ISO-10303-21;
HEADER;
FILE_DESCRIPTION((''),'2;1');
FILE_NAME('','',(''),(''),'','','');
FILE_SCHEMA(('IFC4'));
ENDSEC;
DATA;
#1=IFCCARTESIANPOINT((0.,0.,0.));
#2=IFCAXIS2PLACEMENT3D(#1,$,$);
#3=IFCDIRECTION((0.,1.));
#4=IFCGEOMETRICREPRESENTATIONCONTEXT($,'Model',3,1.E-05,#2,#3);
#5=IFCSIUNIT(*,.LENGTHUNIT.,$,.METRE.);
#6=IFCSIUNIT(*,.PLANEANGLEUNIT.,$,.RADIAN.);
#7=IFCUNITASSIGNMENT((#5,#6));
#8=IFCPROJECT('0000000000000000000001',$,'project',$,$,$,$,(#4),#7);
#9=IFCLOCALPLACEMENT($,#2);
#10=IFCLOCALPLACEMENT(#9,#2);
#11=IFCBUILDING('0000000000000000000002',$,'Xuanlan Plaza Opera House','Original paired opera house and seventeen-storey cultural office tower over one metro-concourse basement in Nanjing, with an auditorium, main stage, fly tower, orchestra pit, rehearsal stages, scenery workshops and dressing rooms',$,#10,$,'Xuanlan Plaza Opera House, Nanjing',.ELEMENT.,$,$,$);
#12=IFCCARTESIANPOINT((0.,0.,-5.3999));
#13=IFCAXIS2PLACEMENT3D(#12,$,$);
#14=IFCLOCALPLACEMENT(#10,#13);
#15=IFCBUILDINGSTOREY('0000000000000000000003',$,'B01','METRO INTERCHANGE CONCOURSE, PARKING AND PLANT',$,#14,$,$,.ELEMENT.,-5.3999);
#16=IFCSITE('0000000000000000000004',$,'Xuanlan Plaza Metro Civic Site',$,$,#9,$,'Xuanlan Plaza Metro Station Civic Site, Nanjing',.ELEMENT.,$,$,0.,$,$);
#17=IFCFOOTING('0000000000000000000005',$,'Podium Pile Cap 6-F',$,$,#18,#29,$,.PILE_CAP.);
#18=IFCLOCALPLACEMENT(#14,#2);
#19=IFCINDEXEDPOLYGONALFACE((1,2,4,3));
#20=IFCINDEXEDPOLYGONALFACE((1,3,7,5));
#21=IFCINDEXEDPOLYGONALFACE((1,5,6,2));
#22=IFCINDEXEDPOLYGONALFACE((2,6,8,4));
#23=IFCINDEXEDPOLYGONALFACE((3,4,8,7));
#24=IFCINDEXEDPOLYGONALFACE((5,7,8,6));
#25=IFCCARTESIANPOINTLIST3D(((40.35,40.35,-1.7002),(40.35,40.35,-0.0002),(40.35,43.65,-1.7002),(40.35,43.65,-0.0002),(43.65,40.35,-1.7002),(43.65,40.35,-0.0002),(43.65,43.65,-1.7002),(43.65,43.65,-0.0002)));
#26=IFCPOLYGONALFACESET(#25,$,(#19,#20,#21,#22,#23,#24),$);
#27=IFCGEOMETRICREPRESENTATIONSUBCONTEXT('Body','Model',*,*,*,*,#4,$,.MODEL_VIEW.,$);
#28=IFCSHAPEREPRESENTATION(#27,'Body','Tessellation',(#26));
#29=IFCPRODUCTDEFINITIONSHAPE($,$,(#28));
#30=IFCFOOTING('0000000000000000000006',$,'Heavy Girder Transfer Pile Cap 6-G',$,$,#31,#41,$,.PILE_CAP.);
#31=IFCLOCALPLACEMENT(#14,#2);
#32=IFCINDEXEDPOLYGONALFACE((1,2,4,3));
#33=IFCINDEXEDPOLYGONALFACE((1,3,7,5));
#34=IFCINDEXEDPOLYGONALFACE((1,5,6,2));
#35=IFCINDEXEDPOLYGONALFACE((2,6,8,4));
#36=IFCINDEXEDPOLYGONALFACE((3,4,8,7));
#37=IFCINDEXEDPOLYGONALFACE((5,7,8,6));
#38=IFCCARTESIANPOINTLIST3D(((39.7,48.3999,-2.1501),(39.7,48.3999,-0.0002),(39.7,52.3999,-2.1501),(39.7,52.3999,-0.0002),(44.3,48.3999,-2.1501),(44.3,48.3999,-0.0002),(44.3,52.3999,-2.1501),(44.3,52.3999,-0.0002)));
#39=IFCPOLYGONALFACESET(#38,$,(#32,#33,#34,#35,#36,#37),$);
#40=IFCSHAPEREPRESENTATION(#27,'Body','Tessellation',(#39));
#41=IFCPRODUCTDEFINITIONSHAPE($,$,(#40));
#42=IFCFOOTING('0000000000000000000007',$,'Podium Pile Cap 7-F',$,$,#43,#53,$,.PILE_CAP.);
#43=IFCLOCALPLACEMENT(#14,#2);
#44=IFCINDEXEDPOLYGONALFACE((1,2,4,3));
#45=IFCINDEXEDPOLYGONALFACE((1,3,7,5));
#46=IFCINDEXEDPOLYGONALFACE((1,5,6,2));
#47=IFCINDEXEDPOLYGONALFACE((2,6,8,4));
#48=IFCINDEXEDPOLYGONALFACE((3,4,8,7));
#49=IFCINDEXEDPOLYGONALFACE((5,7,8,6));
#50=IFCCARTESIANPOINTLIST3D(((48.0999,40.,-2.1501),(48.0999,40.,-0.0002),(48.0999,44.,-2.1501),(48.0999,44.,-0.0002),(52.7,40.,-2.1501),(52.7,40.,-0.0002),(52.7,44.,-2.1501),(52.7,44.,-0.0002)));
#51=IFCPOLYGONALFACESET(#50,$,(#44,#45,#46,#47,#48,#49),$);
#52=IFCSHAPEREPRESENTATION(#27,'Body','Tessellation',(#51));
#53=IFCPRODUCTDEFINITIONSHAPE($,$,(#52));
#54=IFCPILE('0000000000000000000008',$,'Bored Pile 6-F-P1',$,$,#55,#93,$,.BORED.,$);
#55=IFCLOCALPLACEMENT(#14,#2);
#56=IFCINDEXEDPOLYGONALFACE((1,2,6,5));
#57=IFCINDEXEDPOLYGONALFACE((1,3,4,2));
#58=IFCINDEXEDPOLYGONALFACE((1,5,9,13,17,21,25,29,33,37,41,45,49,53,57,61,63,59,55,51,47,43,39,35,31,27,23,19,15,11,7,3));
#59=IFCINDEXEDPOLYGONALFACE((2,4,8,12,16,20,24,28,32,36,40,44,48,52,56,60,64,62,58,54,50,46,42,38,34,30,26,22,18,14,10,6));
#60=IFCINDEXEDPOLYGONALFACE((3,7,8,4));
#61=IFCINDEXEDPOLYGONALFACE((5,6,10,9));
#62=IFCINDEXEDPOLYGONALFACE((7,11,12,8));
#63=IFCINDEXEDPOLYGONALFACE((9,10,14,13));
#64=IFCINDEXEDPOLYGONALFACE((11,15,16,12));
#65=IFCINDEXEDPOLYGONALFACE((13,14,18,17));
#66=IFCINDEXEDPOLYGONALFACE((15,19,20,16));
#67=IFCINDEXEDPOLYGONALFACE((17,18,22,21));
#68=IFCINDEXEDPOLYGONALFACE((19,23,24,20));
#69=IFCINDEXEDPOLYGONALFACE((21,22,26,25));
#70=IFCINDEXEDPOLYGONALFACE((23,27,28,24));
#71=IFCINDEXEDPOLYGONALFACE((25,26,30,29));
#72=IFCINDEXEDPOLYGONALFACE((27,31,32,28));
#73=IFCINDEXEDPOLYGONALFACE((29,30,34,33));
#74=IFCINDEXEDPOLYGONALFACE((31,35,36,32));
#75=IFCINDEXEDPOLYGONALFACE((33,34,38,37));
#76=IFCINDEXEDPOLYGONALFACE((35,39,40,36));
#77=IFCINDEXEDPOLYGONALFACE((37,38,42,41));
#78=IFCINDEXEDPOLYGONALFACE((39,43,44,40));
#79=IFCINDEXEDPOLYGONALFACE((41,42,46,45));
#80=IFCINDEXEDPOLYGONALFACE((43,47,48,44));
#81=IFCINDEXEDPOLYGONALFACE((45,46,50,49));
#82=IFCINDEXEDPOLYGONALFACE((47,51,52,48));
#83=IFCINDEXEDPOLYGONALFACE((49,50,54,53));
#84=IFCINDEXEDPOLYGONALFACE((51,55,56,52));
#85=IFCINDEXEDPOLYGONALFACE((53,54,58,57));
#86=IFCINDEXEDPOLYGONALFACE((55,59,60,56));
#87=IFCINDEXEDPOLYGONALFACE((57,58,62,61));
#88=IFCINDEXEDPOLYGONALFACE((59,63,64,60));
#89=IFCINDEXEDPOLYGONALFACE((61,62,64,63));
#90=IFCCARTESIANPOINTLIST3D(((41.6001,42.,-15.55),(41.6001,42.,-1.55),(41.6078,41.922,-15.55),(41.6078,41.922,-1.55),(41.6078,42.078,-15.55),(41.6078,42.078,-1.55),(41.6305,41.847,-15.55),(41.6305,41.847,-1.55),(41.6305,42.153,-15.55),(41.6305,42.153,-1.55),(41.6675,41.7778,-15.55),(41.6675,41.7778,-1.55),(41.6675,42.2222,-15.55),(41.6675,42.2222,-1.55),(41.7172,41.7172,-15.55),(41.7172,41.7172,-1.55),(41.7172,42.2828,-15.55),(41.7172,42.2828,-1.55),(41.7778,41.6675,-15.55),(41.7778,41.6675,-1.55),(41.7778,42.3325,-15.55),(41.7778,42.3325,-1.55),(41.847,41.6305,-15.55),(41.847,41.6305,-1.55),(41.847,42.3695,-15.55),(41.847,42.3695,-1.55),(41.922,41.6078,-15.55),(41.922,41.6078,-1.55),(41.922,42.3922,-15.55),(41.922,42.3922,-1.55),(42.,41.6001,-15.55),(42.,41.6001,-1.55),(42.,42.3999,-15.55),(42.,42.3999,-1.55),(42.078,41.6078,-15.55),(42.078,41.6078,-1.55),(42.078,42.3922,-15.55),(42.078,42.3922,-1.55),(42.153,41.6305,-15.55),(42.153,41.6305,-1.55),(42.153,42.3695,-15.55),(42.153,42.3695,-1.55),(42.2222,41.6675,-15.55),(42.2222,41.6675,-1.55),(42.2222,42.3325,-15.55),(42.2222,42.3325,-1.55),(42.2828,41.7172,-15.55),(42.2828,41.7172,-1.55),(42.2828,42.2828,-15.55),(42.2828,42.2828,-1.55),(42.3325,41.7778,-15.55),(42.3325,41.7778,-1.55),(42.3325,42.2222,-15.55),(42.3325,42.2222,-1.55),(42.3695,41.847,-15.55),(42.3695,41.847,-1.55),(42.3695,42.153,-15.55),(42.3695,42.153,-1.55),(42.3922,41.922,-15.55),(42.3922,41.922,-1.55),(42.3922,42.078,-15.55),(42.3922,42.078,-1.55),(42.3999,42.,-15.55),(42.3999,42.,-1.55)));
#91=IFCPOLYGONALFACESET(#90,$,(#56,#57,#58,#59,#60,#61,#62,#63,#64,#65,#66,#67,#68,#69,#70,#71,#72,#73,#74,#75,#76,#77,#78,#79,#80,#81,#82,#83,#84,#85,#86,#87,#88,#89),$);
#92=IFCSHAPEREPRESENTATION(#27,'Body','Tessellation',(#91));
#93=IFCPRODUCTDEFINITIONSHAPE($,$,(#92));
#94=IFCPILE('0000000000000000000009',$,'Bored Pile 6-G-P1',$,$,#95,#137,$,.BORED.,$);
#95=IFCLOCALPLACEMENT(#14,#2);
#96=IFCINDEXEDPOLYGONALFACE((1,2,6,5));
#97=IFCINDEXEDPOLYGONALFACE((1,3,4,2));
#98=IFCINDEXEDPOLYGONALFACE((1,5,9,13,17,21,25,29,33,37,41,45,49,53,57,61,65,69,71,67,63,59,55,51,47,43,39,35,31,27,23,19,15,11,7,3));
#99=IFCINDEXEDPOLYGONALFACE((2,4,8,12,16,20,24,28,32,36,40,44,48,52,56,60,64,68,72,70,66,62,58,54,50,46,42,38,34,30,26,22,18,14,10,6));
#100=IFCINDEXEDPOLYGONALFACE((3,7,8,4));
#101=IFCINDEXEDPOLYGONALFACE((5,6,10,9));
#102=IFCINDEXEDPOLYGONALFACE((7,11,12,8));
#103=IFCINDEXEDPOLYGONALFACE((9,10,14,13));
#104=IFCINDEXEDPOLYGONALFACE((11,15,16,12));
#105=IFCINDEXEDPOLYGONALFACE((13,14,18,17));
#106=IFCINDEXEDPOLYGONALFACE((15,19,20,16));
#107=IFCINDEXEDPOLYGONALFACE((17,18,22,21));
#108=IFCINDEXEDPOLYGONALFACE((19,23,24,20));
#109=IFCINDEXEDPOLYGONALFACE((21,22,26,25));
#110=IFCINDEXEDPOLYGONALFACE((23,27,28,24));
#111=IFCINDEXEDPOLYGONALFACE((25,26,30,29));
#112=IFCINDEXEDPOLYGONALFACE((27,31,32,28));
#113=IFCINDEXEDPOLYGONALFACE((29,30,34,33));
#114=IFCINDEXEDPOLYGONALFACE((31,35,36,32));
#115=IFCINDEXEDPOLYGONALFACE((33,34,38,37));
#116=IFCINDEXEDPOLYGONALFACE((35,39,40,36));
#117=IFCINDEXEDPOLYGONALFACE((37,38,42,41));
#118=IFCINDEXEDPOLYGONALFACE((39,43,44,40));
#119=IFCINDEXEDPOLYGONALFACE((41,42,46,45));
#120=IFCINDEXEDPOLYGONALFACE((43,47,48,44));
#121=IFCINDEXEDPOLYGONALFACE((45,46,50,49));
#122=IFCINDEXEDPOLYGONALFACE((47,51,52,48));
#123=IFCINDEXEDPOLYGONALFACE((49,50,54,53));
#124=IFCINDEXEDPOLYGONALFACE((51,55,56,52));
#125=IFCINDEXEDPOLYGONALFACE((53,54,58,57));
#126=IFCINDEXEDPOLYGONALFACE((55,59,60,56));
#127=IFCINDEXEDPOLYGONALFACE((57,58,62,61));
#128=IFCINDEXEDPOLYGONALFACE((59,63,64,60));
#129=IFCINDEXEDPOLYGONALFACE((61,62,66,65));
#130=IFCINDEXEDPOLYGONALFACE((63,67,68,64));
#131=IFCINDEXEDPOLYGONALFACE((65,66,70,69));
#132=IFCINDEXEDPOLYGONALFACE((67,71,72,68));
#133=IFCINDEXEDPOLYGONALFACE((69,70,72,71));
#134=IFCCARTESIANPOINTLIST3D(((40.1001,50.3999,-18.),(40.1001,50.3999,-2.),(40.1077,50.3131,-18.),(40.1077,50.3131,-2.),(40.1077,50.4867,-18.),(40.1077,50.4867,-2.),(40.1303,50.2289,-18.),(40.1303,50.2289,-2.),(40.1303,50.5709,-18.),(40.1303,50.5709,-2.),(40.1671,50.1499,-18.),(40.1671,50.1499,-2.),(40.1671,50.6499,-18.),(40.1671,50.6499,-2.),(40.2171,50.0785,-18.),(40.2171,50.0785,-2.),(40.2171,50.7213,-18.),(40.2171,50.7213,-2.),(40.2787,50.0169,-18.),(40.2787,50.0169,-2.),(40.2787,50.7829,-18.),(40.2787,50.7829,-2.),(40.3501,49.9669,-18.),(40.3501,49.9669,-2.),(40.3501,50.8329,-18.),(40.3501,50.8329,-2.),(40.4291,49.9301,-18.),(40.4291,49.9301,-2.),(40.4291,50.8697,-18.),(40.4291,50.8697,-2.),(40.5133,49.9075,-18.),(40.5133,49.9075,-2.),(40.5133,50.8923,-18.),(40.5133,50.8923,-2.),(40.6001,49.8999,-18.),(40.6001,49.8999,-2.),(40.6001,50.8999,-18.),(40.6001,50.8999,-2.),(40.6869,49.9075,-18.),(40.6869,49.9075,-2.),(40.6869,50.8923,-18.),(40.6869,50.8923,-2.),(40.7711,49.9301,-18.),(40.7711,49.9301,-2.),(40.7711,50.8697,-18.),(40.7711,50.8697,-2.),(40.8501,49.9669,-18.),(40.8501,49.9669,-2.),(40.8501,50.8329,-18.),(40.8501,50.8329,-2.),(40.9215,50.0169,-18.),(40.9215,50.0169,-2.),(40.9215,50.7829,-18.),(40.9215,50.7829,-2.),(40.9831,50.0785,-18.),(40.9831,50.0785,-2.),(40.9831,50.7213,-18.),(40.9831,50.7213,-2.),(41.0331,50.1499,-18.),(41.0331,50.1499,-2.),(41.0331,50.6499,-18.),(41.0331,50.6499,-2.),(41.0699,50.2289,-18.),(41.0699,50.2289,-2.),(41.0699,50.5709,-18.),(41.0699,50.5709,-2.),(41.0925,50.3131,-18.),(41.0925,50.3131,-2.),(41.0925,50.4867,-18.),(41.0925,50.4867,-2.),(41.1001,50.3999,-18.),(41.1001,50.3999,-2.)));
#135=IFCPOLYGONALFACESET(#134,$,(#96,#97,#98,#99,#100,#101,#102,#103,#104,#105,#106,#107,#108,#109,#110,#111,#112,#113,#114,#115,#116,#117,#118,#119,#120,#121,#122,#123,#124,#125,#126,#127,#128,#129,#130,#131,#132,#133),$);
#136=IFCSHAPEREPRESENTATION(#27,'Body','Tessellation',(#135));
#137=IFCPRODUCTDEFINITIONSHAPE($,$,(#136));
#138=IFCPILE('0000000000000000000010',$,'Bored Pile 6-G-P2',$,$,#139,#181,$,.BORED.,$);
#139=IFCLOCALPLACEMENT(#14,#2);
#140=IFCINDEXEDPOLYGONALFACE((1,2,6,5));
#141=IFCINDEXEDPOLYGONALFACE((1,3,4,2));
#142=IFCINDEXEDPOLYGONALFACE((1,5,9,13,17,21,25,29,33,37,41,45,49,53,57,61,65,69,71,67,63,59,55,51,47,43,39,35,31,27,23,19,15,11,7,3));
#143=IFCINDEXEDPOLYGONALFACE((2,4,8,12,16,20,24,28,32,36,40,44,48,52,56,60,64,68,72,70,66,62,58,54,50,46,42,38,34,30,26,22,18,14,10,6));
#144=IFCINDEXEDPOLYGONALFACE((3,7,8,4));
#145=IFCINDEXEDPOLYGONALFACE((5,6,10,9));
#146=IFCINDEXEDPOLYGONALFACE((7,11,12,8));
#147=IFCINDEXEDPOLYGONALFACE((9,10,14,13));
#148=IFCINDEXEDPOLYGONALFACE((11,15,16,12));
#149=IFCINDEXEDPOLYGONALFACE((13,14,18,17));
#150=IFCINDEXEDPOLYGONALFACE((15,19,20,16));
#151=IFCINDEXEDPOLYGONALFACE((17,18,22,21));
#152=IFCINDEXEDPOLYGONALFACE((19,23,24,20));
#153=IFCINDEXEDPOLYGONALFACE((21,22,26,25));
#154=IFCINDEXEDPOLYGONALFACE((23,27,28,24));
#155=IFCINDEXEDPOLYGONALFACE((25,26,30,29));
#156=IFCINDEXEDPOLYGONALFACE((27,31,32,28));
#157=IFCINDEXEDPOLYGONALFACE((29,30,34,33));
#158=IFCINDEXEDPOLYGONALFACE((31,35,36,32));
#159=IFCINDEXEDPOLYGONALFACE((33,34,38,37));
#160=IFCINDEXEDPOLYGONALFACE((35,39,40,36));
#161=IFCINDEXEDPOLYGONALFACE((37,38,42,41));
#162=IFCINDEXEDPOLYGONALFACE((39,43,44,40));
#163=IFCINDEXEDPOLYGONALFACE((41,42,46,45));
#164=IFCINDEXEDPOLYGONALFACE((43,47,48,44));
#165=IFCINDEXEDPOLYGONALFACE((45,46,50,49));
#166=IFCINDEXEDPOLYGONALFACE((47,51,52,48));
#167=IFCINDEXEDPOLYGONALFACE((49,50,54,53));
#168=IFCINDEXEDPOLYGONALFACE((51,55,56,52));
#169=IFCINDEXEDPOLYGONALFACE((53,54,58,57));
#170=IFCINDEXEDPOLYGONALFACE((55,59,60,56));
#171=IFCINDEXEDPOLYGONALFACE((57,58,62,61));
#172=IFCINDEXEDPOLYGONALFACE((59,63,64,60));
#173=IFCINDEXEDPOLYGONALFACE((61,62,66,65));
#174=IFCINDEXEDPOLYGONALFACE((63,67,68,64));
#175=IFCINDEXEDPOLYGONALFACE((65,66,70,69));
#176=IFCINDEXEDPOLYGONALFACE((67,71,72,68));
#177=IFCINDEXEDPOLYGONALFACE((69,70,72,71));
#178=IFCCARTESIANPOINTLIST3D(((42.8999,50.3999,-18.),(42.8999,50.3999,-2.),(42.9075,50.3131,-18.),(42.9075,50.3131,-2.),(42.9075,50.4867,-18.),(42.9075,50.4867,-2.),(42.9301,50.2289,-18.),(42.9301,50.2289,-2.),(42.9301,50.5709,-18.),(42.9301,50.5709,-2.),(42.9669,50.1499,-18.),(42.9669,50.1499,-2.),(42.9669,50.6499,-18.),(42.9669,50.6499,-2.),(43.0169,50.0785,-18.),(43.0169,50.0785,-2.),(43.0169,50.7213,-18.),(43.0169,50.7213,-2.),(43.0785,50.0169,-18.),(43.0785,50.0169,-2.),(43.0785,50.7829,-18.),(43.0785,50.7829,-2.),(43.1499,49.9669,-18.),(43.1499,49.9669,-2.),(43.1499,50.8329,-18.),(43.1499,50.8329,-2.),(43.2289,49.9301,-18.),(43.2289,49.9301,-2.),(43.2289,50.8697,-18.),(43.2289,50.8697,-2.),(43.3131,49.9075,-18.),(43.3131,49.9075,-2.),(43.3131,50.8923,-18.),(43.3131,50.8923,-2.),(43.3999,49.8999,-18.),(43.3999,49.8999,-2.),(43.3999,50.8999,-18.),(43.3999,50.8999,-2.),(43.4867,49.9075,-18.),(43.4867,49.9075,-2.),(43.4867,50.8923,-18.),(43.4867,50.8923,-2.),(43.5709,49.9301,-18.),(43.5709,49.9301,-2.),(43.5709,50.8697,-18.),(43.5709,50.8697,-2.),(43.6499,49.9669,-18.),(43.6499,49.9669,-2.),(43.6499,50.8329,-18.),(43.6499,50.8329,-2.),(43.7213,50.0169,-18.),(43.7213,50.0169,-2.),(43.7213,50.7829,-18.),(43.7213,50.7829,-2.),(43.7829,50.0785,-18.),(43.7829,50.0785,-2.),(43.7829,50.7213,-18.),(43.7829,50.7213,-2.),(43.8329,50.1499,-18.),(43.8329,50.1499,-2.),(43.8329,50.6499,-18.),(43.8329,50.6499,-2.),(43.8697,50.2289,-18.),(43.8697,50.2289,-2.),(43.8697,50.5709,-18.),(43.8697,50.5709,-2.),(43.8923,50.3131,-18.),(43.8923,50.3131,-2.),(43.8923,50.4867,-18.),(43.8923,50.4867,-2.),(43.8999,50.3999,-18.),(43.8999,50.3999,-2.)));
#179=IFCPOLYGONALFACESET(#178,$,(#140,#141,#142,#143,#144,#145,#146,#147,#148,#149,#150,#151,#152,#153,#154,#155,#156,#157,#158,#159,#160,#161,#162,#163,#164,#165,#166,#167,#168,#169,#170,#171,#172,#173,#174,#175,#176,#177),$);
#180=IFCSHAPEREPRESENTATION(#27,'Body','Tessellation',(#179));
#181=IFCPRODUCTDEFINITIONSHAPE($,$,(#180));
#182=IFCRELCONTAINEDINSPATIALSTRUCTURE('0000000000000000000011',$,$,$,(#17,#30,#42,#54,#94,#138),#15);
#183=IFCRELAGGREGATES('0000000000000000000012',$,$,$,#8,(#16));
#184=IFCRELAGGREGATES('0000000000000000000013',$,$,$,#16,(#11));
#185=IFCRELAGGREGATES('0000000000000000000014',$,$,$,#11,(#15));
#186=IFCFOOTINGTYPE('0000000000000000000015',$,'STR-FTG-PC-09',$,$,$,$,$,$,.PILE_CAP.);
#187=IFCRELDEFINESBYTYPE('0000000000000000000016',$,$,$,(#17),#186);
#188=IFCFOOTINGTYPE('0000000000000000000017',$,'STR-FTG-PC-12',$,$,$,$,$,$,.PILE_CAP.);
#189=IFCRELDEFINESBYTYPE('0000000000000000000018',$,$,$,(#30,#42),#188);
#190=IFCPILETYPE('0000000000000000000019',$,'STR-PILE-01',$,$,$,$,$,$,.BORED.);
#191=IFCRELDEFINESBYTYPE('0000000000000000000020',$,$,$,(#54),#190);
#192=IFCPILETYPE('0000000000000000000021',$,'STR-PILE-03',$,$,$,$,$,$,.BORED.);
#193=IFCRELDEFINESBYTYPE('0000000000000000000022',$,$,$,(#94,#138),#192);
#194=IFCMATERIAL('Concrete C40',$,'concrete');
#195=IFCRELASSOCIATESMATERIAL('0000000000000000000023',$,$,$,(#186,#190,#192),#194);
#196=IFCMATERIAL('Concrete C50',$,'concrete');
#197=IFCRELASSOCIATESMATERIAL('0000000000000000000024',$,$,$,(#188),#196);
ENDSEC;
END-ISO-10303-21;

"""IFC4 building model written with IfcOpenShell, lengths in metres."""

from ifc_helpers import new_model, si_unit, direction, frame, origin, origin_2d, place, context, subcontext, project, spatial, rectangle, circle, extrude, material, material_profile, profile_set, type_object, element, save


model = new_model("IFC4")

# Units and contexts
model_context = context("Model", 3, precision=1e-05, world=origin(), true_north=direction((0.0, 1.0)))
body_context = subcontext(model_context, "Body", "Model", "MODEL_VIEW")
ifc_project = project(units=[si_unit("LENGTHUNIT", "METRE"), si_unit("PLANEANGLEUNIT", "RADIAN")], contexts=[model_context])

# Site, building, storey
site_placement = place(None, origin())
site = spatial("IfcSite", under=ifc_project, at=site_placement, Name="Xuanlan Plaza Metro Civic Site", LongName="Xuanlan Plaza Metro Station Civic Site, Nanjing", CompositionType="ELEMENT", RefElevation=0.0)
building_placement = place(site_placement, origin())
building = spatial("IfcBuilding", under=site, at=building_placement, Name="Xuanlan Plaza Opera House", Description="Original paired opera house and seventeen-storey cultural office tower over one metro-concourse basement in Nanjing, with an auditorium, main stage, fly tower, orchestra pit, rehearsal stages, scenery workshops and dressing rooms", LongName="Xuanlan Plaza Opera House, Nanjing", CompositionType="ELEMENT")
storey_placement = place(building_placement, frame((0.0, 0.0, -5.3999)))
storey = spatial("IfcBuildingStorey", under=building, at=storey_placement, Name="B01", Description="METRO INTERCHANGE CONCOURSE, PARKING AND PLANT", CompositionType="ELEMENT", Elevation=-5.3999)

# Footings
ifc_material_1 = material(Name="Concrete C40", Category="concrete")
footing_type_1 = type_object("IfcFootingType", Name="STR-FTG-PC-09", PredefinedType="PILE_CAP", material=ifc_material_1)
footing_placement = place(storey_placement, frame((42.0, 42.0, -1.7002), z_axis=(0.0, 0.0, 1.0), x_axis=(1.0, 0.0, 0.0)))
element("IfcFooting", 1, at=footing_placement, inside=storey, type_object=footing_type_1, Name="Podium Pile Cap 6-F", PredefinedType="PILE_CAP", context=body_context, shape_type="SweptSolid", body=[
    extrude(rectangle(XDim=3.3, YDim=3.3, at=origin_2d()), origin(), (0.0, 0.0, 1.0), 1.7),
])
ifc_material_2 = material(Name="Concrete C50", Category="concrete")
footing_type_2 = type_object("IfcFootingType", Name="STR-FTG-PC-12", PredefinedType="PILE_CAP", material=ifc_material_2)
for number, where, z_axis, x_axis, name in (
    (2, (42.0, 50.3999, -2.1501), (0.0, 0.0, 1.0), (1.0, 0.0, 0.0), "Heavy Girder Transfer Pile Cap 6-G"),
    (3, (50.3999, 42.0, -2.1501), (0.0, 0.0, 1.0), (1.0, 0.0, 0.0), "Podium Pile Cap 7-F"),
):
    element("IfcFooting", number, at=place(storey_placement, frame(where, z_axis=z_axis, x_axis=x_axis)), inside=storey, type_object=footing_type_2, Name=name, PredefinedType="PILE_CAP", context=body_context, shape_type="SweptSolid", body=[
        extrude(rectangle(XDim=4.6001, YDim=4.0, at=origin_2d()), origin(), (0.0, 0.0, 1.0), 2.1499),
    ])

# Piles
ifc_material_profile_1 = material_profile(ifc_material_1, circle(Radius=0.3999, at=origin_2d()), Name="PILE D800")
ifc_profile_set_1 = profile_set([ifc_material_profile_1], Name="Concrete C40")
pile_type_1 = type_object("IfcPileType", Name="STR-PILE-01", PredefinedType="BORED", material=ifc_profile_set_1)
pile_placement = place(storey_placement, frame((42.0, 42.0, -1.55), z_axis=(0.0, 0.0, -1.0), x_axis=(1.0, 0.0, 0.0)))
element("IfcPile", 4, at=pile_placement, inside=storey, type_object=pile_type_1, Name="Bored Pile 6-F-P1", PredefinedType="BORED", context=body_context, shape_type="SweptSolid", body=[
    extrude(circle(Radius=0.3999, at=origin_2d()), origin(), (0.0, 0.0, 1.0), 14.0),
])
ifc_material_profile_2 = material_profile(ifc_material_1, circle(Radius=0.5, at=origin_2d()), Name="PILE D1000")
ifc_profile_set_2 = profile_set([ifc_material_profile_2], Name="Concrete C40")
pile_type_2 = type_object("IfcPileType", Name="STR-PILE-03", PredefinedType="BORED", material=ifc_profile_set_2)
for number, where, z_axis, x_axis, name in (
    (5, (40.6001, 50.3999, -2.0), (0.0, 0.0, -1.0), (1.0, 0.0, 0.0), "Bored Pile 6-G-P1"),
    (6, (43.3999, 50.3999, -2.0), (0.0, 0.0, -1.0), (1.0, 0.0, 0.0), "Bored Pile 6-G-P2"),
):
    element("IfcPile", number, at=place(storey_placement, frame(where, z_axis=z_axis, x_axis=x_axis)), inside=storey, type_object=pile_type_2, Name=name, PredefinedType="BORED", context=body_context, shape_type="SweptSolid", body=[
        extrude(circle(Radius=0.5, at=origin_2d()), origin(), (0.0, 0.0, 1.0), 16.0),
    ])

save(model, "model.ifc")
